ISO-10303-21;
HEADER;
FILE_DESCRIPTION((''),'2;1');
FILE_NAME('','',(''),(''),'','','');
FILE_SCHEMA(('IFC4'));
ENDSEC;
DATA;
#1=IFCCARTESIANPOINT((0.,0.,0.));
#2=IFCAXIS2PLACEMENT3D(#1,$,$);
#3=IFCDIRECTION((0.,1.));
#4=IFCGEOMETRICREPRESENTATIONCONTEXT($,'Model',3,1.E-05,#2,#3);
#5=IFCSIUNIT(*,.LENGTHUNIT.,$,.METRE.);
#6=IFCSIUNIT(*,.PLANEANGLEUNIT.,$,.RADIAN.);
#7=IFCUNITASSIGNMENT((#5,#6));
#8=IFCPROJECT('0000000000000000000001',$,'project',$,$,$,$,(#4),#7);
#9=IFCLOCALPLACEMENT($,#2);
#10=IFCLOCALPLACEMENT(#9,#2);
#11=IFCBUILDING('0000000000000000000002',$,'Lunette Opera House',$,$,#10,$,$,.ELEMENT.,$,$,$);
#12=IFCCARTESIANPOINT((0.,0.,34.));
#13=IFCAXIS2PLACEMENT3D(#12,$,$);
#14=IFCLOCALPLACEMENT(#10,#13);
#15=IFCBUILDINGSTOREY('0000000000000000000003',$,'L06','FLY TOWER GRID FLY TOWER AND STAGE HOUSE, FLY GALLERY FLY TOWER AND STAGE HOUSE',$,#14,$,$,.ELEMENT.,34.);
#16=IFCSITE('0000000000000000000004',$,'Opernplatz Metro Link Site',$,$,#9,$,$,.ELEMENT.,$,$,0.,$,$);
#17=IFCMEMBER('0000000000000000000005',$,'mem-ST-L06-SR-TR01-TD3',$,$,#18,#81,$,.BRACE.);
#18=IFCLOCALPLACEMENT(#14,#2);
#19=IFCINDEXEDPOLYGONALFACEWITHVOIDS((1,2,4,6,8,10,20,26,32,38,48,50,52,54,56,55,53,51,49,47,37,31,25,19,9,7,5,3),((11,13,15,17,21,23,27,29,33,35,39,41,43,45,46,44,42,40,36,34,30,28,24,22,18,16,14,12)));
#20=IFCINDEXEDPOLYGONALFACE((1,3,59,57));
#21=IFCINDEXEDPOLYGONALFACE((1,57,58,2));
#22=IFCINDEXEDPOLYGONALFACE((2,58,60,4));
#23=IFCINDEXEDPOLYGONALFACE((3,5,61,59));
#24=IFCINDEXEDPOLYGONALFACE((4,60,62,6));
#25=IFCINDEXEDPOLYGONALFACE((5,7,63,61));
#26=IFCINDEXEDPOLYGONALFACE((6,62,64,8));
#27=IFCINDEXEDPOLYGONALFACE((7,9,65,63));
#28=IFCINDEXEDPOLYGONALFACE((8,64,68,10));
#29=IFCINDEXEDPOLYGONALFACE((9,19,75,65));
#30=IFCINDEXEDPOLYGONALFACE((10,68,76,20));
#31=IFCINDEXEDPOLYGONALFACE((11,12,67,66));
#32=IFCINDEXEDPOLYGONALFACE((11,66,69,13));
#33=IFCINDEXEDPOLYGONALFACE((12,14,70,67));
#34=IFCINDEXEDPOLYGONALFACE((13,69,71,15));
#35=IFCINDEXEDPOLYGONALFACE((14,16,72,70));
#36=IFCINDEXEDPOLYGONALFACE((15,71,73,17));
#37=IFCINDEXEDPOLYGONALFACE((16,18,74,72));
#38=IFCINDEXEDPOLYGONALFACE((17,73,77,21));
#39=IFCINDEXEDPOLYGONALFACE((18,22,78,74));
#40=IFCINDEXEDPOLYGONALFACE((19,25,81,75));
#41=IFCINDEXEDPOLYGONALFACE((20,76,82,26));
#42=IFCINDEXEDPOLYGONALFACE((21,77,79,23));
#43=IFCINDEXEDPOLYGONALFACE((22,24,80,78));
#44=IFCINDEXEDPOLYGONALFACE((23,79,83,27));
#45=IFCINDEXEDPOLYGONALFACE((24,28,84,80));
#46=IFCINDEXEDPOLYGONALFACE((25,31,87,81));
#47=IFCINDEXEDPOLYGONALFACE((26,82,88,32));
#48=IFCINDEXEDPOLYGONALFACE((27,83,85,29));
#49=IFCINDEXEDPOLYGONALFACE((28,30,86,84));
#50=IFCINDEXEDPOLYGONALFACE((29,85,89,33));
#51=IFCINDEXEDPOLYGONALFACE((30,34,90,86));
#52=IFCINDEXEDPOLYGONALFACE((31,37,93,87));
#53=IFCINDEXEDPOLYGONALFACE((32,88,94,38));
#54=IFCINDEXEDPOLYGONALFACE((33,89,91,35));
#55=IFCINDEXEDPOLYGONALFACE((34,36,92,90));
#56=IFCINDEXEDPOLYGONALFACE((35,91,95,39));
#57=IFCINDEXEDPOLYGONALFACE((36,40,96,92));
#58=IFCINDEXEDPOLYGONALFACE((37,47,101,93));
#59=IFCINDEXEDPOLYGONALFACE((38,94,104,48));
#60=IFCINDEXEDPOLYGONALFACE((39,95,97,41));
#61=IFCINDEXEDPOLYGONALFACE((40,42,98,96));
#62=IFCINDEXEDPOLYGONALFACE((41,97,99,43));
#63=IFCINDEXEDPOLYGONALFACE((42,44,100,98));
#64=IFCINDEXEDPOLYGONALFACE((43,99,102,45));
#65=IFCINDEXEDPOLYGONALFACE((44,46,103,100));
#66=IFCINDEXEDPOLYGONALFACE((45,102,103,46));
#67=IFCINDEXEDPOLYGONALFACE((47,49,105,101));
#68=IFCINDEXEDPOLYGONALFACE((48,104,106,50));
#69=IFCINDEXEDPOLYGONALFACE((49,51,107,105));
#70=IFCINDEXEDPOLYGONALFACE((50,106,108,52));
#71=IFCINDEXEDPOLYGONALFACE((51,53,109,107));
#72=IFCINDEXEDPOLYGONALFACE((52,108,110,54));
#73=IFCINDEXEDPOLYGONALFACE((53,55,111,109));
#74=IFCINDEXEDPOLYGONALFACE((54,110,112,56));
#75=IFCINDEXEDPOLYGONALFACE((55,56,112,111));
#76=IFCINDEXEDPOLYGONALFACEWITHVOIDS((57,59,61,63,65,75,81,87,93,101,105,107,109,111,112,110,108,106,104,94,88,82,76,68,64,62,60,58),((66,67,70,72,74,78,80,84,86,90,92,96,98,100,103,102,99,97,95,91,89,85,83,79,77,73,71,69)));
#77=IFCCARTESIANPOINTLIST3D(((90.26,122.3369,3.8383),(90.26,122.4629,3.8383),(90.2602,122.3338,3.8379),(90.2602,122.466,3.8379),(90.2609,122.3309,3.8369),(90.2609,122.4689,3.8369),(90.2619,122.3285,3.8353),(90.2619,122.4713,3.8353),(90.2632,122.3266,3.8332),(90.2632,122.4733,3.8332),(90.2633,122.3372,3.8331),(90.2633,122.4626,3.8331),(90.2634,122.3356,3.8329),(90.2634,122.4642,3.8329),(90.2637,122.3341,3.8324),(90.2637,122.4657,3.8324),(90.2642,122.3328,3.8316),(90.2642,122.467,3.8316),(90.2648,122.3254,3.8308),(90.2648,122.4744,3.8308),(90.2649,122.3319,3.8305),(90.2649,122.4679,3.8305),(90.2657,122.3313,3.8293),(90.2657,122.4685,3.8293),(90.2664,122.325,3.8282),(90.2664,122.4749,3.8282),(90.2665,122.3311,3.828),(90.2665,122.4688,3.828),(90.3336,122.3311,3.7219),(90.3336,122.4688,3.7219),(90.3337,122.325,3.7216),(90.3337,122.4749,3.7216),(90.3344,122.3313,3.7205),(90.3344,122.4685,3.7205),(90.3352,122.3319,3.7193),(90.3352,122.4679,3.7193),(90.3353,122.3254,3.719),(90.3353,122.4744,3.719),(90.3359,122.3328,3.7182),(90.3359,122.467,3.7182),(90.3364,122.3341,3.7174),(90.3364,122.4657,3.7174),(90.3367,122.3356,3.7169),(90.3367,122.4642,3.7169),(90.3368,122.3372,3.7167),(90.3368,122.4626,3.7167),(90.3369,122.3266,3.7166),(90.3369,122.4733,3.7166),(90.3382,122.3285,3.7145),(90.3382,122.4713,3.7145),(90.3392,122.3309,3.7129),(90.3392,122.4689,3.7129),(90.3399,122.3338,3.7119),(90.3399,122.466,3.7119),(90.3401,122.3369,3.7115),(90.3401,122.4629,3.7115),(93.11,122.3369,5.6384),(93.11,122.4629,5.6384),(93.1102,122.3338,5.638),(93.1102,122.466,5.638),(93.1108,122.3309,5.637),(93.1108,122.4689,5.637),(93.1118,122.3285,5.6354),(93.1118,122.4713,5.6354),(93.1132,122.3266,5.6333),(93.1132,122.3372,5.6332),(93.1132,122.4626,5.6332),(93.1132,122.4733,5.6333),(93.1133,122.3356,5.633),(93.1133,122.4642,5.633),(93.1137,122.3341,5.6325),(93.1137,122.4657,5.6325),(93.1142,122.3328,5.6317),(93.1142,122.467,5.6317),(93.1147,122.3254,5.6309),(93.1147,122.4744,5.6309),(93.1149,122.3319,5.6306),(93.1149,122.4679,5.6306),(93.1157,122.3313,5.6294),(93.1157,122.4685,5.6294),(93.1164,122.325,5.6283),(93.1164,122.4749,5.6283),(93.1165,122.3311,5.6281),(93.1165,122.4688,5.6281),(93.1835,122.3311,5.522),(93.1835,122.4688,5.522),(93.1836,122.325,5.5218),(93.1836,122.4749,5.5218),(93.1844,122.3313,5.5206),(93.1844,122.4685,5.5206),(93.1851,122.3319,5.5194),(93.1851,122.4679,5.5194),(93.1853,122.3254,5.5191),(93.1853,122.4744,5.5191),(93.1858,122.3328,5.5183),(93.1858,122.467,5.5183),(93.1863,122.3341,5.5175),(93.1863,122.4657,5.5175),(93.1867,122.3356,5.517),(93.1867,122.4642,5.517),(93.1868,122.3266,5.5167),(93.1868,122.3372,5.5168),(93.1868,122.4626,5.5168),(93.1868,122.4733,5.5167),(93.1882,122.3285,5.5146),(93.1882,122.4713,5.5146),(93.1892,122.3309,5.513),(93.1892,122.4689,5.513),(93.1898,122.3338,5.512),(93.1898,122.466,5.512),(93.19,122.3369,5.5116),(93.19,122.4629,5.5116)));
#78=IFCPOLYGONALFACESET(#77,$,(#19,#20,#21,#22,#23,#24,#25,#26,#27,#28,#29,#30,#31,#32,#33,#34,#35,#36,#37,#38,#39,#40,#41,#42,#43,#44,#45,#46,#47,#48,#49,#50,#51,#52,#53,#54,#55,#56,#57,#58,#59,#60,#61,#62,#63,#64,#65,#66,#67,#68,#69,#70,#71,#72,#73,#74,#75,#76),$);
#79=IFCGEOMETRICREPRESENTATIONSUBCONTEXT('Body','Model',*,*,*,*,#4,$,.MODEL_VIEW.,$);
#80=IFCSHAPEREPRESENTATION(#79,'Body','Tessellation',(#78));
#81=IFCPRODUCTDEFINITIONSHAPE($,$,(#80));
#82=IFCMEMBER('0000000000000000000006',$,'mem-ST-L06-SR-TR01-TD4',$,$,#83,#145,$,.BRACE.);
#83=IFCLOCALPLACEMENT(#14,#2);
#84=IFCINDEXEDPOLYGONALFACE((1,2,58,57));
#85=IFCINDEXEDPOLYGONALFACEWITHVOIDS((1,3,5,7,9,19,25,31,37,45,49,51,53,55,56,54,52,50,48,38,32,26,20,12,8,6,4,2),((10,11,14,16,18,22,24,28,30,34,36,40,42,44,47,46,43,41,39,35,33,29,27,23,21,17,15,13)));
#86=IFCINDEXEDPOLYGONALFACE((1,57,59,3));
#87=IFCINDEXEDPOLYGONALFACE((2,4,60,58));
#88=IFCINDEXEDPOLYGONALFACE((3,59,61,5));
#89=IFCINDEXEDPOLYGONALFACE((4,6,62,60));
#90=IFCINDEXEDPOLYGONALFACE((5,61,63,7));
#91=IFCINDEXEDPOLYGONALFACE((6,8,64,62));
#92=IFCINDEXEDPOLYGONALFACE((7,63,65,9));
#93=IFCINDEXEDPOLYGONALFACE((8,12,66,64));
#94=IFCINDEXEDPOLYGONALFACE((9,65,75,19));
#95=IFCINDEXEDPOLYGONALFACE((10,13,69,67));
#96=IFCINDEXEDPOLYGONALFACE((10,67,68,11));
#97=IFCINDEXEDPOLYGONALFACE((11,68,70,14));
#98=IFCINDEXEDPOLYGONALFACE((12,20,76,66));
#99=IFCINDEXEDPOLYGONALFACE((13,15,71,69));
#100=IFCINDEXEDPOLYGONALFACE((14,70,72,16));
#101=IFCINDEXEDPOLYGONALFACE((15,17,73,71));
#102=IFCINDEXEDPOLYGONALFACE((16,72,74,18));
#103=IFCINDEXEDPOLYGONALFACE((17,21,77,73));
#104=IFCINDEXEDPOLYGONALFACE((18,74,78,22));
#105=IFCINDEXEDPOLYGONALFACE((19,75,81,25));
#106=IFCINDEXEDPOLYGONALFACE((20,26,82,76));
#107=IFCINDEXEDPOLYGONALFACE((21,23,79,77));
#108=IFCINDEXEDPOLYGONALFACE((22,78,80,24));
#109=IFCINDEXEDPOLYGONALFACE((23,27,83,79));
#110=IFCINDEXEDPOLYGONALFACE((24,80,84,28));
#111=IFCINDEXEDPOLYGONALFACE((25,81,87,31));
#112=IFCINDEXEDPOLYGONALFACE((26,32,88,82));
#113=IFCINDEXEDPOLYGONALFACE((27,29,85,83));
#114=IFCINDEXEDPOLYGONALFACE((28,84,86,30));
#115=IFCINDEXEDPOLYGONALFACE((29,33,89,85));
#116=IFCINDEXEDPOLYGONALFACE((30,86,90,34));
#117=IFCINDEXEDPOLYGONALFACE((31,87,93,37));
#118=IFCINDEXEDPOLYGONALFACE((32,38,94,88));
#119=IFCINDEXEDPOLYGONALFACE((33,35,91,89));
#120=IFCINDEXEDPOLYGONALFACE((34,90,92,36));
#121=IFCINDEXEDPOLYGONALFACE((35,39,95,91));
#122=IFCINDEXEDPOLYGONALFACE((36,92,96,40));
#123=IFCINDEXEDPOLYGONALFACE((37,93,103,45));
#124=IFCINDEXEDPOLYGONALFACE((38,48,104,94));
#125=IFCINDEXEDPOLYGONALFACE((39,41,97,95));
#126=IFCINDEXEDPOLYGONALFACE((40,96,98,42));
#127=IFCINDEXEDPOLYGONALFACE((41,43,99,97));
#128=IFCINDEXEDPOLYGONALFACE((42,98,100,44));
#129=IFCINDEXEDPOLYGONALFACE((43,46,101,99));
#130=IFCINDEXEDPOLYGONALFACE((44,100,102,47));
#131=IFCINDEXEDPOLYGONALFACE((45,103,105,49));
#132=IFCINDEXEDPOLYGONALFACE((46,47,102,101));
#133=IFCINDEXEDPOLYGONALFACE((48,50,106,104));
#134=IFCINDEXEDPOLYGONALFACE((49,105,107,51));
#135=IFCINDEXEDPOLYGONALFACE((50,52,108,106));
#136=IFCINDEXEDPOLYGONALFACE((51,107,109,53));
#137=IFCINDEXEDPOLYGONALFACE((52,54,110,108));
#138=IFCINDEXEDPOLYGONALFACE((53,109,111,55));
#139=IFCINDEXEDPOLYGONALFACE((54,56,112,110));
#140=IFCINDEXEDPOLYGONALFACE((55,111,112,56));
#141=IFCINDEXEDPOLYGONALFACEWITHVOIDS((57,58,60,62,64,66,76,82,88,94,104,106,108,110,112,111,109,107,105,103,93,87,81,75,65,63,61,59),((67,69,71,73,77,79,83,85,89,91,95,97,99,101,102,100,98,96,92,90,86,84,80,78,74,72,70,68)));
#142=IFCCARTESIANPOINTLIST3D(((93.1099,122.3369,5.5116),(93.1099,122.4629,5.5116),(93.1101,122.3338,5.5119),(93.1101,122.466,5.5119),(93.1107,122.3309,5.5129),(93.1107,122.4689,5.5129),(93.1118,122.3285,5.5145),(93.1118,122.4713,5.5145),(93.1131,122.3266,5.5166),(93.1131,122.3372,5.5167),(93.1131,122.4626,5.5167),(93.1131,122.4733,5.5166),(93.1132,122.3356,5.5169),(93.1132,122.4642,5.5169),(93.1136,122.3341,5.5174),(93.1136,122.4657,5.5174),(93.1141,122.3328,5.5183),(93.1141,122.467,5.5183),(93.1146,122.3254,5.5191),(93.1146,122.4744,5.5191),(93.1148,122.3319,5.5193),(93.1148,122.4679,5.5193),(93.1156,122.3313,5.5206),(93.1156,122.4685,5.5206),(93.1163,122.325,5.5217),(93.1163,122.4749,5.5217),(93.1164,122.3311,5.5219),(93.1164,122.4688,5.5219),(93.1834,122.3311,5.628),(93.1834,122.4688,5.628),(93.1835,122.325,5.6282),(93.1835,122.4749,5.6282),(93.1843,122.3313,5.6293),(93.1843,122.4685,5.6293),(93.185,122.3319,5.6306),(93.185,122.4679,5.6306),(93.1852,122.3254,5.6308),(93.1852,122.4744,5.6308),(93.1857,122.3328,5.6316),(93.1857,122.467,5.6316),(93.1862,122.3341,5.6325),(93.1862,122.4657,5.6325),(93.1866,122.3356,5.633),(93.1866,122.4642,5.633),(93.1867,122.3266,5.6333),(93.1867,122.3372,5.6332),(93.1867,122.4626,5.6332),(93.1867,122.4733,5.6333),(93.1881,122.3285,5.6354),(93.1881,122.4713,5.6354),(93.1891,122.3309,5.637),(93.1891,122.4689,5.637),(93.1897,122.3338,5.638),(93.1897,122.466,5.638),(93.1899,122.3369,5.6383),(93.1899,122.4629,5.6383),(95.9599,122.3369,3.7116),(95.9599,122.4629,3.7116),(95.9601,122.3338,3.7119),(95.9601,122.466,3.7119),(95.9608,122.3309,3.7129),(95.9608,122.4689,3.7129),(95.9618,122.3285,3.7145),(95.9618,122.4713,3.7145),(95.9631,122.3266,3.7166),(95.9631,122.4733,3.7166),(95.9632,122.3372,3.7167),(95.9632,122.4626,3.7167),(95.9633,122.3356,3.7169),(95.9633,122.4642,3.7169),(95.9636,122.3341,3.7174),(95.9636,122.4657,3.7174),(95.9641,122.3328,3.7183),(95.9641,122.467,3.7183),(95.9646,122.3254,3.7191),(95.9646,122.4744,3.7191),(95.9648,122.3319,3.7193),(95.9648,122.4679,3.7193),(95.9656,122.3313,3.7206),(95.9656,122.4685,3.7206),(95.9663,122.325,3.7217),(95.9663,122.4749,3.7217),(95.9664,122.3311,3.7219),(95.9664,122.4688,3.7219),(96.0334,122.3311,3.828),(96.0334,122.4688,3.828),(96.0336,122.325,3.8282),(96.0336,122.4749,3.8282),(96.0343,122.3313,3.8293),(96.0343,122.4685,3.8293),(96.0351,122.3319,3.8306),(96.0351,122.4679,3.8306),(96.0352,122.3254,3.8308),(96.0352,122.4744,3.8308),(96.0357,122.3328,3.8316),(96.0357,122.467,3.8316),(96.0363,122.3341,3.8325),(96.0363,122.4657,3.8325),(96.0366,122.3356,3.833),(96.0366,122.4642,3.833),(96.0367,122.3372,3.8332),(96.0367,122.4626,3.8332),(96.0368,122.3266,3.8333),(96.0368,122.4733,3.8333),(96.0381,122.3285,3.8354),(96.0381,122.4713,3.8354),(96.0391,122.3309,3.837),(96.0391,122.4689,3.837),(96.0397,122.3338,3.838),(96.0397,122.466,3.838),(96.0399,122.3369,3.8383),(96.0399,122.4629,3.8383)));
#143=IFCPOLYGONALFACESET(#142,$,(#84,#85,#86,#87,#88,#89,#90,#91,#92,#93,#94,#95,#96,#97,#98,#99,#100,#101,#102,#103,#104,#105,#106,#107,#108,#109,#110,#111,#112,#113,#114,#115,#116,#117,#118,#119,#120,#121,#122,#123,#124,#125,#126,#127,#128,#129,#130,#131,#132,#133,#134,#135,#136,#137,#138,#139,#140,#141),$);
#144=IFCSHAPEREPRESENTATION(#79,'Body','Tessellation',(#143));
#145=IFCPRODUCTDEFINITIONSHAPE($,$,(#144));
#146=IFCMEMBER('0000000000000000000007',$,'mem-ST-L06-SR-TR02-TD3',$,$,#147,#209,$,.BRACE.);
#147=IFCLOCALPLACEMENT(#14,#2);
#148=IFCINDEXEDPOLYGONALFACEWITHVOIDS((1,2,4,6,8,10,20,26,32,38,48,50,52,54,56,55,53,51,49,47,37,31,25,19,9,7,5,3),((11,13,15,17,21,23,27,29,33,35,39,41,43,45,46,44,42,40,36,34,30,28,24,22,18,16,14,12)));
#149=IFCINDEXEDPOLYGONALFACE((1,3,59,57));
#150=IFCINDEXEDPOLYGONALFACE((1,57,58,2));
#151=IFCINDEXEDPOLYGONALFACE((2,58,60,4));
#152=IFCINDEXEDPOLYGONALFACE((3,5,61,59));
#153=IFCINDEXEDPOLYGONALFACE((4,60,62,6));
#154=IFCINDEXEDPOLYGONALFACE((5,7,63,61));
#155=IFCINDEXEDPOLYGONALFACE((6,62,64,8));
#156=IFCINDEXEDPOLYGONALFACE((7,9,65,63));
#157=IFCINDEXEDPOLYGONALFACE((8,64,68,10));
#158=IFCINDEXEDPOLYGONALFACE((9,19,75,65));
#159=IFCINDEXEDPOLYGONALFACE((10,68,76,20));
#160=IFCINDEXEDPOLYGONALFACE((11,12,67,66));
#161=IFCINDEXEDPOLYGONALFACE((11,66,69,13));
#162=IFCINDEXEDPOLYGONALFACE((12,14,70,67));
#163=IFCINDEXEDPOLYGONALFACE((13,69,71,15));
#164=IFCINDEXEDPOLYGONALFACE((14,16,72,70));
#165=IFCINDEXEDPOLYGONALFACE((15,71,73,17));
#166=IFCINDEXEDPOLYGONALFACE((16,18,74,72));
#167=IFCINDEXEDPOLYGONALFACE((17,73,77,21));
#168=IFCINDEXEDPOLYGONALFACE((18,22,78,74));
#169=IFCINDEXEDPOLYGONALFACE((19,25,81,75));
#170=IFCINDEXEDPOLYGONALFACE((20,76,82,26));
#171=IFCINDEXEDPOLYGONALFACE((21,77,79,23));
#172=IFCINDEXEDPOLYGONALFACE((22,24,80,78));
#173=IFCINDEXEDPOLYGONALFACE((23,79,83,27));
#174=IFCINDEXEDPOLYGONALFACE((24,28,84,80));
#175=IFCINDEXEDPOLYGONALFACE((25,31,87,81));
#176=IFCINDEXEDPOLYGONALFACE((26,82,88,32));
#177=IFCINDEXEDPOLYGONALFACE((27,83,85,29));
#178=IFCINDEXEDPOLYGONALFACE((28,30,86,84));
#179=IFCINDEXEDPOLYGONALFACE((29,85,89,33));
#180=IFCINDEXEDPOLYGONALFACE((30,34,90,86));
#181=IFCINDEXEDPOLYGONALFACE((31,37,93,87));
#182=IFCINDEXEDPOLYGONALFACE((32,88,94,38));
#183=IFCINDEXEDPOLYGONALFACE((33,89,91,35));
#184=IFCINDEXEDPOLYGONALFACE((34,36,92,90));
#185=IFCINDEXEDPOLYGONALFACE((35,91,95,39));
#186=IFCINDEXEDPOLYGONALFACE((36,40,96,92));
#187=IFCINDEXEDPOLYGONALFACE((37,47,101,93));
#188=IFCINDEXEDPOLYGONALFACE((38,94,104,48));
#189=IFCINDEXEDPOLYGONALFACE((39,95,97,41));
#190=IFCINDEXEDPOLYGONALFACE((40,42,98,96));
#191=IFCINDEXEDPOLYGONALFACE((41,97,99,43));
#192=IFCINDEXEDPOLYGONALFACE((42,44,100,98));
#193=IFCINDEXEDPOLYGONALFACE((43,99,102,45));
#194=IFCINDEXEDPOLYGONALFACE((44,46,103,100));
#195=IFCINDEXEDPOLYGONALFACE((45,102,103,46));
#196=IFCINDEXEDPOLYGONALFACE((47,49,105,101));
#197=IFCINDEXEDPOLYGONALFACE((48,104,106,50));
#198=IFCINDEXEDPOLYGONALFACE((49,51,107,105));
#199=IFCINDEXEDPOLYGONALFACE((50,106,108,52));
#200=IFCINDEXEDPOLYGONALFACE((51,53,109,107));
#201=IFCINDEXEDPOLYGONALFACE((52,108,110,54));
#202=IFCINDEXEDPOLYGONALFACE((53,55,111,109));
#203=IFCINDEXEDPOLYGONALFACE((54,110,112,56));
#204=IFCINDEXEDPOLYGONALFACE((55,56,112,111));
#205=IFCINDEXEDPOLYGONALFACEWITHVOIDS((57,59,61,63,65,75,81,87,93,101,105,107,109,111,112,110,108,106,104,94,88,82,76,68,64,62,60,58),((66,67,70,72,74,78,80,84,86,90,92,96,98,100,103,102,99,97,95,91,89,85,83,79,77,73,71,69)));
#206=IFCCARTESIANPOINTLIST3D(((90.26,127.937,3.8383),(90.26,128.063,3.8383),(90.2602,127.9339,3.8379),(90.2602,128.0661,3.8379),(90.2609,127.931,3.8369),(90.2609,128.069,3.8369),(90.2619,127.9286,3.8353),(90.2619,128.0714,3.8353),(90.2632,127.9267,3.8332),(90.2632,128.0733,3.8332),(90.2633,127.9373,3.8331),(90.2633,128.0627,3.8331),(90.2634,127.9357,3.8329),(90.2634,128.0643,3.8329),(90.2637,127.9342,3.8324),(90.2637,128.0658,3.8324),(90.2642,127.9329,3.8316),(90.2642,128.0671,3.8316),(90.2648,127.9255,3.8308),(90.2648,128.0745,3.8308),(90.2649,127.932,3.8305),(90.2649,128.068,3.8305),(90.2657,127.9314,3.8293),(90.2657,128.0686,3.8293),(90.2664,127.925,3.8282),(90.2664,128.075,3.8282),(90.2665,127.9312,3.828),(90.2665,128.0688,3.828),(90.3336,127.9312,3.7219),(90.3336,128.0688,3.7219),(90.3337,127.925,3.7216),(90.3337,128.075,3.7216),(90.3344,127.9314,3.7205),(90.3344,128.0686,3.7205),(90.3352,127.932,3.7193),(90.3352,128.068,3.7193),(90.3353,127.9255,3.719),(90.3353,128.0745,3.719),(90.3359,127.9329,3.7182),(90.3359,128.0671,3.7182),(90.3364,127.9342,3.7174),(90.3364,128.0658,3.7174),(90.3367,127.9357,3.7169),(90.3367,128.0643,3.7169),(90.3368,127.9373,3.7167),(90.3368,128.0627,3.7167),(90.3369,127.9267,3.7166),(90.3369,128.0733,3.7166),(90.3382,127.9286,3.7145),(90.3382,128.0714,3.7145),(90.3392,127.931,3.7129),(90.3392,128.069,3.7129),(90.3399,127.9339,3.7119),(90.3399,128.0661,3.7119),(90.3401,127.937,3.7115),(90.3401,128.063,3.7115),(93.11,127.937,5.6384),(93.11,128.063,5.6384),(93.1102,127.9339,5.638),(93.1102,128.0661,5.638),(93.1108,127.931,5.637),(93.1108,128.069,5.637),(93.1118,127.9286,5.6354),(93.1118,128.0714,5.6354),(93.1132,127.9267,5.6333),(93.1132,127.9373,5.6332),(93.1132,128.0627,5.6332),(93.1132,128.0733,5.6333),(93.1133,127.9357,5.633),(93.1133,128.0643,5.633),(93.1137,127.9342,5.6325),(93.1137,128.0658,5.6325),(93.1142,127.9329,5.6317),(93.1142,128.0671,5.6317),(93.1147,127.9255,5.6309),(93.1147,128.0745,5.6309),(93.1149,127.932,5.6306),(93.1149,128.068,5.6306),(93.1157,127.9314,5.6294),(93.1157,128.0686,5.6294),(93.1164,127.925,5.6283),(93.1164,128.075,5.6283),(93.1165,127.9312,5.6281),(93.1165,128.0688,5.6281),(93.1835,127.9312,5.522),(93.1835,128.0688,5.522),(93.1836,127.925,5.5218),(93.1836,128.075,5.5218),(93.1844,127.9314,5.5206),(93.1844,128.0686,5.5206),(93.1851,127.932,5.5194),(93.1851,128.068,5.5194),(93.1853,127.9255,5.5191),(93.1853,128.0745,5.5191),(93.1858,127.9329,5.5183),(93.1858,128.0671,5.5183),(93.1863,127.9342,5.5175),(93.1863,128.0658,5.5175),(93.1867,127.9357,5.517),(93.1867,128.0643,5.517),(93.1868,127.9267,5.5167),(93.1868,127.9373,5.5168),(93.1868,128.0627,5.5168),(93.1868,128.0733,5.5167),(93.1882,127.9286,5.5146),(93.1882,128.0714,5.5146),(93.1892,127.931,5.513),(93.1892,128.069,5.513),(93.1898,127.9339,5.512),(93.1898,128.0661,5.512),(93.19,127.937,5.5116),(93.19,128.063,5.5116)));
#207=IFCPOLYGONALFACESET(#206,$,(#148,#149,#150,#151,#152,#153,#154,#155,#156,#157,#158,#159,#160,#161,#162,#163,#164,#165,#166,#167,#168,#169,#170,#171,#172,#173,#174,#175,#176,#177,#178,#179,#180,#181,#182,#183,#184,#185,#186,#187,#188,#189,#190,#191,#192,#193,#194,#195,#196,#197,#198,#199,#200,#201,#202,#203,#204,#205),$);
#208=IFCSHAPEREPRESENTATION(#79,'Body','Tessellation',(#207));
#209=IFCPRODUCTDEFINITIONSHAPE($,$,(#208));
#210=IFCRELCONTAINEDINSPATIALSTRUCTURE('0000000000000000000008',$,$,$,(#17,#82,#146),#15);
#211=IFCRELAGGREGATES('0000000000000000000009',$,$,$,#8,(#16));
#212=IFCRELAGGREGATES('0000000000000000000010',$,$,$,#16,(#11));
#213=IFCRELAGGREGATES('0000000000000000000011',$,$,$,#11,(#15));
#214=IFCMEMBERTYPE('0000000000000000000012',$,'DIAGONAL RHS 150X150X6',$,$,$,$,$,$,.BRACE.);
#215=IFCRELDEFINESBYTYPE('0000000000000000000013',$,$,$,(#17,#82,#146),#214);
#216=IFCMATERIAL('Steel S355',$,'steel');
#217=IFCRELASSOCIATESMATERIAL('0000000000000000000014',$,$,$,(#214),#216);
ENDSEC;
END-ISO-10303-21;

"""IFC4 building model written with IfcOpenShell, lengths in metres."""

from ifc_helpers import new_model, si_unit, direction, frame, origin, origin_2d, place, context, subcontext, project, spatial, hollow_rectangle, extrude, material, material_profile, profile_set, type_object, element, save


model = new_model("IFC4")

# Units and contexts
model_context = context("Model", 3, precision=1e-05, world=origin(), true_north=direction((0.0, 1.0)))
body_context = subcontext(model_context, "Body", "Model", "MODEL_VIEW")
ifc_project = project(units=[si_unit("LENGTHUNIT", "METRE"), si_unit("PLANEANGLEUNIT", "RADIAN")], contexts=[model_context])

# Site, building, storey
site_placement = place(None, origin())
site = spatial("IfcSite", under=ifc_project, at=site_placement, Name="Opernplatz Metro Link Site", CompositionType="ELEMENT", RefElevation=0.0)
building_placement = place(site_placement, origin())
building = spatial("IfcBuilding", under=site, at=building_placement, Name="Lunette Opera House", CompositionType="ELEMENT")
storey_placement = place(building_placement, frame((0.0, 0.0, 34.0)))
storey = spatial("IfcBuildingStorey", under=building, at=storey_placement, Name="L06", Description="FLY TOWER GRID FLY TOWER AND STAGE HOUSE, FLY GALLERY FLY TOWER AND STAGE HOUSE", CompositionType="ELEMENT", Elevation=34.0)

# Members
ifc_material_1 = material(Name="Steel S355", Category="steel")
ifc_material_profile_1 = material_profile(ifc_material_1, hollow_rectangle(XDim=0.1499, YDim=0.1499, WallThickness=0.0061, InnerFilletRadius=0.0061, OuterFilletRadius=0.012, at=origin_2d()), Name="RHS 150X150X6")
ifc_profile_set_1 = profile_set([ifc_material_profile_1], Name="Steel S355")
member_type_1 = type_object("IfcMemberType", Name="DIAGONAL RHS 150X150X6", PredefinedType="BRACE", material=ifc_profile_set_1)
for number, where, z_axis, x_axis, name in (
    (1, (90.3, 122.3999, 3.7749), (0.84547, 0.0, 0.534023), (0.0, 1.0, 0.0), "mem-ST-L06-SR-TR01-TD3"),
    (2, (93.1499, 122.3999, 5.575), (0.845491, 0.0, -0.53399), (0.0, 1.0, 0.0), "mem-ST-L06-SR-TR01-TD4"),
    (3, (90.3, 128.0, 3.7749), (0.84547, 0.0, 0.534023), (0.0, 1.0, 0.0), "mem-ST-L06-SR-TR02-TD3"),
):
    element("IfcMember", number, at=place(storey_placement, frame(where, z_axis=z_axis, x_axis=x_axis)), inside=storey, type_object=member_type_1, Name=name, PredefinedType="BRACE", context=body_context, shape_type="SweptSolid", body=[
        extrude(hollow_rectangle(XDim=0.1499, YDim=0.1499, WallThickness=0.0061, InnerFilletRadius=0.0061, OuterFilletRadius=0.012, at=origin_2d()), origin(), (0.0, 0.0, 1.0), 3.3708),
    ])

save(model, "model.ifc")
